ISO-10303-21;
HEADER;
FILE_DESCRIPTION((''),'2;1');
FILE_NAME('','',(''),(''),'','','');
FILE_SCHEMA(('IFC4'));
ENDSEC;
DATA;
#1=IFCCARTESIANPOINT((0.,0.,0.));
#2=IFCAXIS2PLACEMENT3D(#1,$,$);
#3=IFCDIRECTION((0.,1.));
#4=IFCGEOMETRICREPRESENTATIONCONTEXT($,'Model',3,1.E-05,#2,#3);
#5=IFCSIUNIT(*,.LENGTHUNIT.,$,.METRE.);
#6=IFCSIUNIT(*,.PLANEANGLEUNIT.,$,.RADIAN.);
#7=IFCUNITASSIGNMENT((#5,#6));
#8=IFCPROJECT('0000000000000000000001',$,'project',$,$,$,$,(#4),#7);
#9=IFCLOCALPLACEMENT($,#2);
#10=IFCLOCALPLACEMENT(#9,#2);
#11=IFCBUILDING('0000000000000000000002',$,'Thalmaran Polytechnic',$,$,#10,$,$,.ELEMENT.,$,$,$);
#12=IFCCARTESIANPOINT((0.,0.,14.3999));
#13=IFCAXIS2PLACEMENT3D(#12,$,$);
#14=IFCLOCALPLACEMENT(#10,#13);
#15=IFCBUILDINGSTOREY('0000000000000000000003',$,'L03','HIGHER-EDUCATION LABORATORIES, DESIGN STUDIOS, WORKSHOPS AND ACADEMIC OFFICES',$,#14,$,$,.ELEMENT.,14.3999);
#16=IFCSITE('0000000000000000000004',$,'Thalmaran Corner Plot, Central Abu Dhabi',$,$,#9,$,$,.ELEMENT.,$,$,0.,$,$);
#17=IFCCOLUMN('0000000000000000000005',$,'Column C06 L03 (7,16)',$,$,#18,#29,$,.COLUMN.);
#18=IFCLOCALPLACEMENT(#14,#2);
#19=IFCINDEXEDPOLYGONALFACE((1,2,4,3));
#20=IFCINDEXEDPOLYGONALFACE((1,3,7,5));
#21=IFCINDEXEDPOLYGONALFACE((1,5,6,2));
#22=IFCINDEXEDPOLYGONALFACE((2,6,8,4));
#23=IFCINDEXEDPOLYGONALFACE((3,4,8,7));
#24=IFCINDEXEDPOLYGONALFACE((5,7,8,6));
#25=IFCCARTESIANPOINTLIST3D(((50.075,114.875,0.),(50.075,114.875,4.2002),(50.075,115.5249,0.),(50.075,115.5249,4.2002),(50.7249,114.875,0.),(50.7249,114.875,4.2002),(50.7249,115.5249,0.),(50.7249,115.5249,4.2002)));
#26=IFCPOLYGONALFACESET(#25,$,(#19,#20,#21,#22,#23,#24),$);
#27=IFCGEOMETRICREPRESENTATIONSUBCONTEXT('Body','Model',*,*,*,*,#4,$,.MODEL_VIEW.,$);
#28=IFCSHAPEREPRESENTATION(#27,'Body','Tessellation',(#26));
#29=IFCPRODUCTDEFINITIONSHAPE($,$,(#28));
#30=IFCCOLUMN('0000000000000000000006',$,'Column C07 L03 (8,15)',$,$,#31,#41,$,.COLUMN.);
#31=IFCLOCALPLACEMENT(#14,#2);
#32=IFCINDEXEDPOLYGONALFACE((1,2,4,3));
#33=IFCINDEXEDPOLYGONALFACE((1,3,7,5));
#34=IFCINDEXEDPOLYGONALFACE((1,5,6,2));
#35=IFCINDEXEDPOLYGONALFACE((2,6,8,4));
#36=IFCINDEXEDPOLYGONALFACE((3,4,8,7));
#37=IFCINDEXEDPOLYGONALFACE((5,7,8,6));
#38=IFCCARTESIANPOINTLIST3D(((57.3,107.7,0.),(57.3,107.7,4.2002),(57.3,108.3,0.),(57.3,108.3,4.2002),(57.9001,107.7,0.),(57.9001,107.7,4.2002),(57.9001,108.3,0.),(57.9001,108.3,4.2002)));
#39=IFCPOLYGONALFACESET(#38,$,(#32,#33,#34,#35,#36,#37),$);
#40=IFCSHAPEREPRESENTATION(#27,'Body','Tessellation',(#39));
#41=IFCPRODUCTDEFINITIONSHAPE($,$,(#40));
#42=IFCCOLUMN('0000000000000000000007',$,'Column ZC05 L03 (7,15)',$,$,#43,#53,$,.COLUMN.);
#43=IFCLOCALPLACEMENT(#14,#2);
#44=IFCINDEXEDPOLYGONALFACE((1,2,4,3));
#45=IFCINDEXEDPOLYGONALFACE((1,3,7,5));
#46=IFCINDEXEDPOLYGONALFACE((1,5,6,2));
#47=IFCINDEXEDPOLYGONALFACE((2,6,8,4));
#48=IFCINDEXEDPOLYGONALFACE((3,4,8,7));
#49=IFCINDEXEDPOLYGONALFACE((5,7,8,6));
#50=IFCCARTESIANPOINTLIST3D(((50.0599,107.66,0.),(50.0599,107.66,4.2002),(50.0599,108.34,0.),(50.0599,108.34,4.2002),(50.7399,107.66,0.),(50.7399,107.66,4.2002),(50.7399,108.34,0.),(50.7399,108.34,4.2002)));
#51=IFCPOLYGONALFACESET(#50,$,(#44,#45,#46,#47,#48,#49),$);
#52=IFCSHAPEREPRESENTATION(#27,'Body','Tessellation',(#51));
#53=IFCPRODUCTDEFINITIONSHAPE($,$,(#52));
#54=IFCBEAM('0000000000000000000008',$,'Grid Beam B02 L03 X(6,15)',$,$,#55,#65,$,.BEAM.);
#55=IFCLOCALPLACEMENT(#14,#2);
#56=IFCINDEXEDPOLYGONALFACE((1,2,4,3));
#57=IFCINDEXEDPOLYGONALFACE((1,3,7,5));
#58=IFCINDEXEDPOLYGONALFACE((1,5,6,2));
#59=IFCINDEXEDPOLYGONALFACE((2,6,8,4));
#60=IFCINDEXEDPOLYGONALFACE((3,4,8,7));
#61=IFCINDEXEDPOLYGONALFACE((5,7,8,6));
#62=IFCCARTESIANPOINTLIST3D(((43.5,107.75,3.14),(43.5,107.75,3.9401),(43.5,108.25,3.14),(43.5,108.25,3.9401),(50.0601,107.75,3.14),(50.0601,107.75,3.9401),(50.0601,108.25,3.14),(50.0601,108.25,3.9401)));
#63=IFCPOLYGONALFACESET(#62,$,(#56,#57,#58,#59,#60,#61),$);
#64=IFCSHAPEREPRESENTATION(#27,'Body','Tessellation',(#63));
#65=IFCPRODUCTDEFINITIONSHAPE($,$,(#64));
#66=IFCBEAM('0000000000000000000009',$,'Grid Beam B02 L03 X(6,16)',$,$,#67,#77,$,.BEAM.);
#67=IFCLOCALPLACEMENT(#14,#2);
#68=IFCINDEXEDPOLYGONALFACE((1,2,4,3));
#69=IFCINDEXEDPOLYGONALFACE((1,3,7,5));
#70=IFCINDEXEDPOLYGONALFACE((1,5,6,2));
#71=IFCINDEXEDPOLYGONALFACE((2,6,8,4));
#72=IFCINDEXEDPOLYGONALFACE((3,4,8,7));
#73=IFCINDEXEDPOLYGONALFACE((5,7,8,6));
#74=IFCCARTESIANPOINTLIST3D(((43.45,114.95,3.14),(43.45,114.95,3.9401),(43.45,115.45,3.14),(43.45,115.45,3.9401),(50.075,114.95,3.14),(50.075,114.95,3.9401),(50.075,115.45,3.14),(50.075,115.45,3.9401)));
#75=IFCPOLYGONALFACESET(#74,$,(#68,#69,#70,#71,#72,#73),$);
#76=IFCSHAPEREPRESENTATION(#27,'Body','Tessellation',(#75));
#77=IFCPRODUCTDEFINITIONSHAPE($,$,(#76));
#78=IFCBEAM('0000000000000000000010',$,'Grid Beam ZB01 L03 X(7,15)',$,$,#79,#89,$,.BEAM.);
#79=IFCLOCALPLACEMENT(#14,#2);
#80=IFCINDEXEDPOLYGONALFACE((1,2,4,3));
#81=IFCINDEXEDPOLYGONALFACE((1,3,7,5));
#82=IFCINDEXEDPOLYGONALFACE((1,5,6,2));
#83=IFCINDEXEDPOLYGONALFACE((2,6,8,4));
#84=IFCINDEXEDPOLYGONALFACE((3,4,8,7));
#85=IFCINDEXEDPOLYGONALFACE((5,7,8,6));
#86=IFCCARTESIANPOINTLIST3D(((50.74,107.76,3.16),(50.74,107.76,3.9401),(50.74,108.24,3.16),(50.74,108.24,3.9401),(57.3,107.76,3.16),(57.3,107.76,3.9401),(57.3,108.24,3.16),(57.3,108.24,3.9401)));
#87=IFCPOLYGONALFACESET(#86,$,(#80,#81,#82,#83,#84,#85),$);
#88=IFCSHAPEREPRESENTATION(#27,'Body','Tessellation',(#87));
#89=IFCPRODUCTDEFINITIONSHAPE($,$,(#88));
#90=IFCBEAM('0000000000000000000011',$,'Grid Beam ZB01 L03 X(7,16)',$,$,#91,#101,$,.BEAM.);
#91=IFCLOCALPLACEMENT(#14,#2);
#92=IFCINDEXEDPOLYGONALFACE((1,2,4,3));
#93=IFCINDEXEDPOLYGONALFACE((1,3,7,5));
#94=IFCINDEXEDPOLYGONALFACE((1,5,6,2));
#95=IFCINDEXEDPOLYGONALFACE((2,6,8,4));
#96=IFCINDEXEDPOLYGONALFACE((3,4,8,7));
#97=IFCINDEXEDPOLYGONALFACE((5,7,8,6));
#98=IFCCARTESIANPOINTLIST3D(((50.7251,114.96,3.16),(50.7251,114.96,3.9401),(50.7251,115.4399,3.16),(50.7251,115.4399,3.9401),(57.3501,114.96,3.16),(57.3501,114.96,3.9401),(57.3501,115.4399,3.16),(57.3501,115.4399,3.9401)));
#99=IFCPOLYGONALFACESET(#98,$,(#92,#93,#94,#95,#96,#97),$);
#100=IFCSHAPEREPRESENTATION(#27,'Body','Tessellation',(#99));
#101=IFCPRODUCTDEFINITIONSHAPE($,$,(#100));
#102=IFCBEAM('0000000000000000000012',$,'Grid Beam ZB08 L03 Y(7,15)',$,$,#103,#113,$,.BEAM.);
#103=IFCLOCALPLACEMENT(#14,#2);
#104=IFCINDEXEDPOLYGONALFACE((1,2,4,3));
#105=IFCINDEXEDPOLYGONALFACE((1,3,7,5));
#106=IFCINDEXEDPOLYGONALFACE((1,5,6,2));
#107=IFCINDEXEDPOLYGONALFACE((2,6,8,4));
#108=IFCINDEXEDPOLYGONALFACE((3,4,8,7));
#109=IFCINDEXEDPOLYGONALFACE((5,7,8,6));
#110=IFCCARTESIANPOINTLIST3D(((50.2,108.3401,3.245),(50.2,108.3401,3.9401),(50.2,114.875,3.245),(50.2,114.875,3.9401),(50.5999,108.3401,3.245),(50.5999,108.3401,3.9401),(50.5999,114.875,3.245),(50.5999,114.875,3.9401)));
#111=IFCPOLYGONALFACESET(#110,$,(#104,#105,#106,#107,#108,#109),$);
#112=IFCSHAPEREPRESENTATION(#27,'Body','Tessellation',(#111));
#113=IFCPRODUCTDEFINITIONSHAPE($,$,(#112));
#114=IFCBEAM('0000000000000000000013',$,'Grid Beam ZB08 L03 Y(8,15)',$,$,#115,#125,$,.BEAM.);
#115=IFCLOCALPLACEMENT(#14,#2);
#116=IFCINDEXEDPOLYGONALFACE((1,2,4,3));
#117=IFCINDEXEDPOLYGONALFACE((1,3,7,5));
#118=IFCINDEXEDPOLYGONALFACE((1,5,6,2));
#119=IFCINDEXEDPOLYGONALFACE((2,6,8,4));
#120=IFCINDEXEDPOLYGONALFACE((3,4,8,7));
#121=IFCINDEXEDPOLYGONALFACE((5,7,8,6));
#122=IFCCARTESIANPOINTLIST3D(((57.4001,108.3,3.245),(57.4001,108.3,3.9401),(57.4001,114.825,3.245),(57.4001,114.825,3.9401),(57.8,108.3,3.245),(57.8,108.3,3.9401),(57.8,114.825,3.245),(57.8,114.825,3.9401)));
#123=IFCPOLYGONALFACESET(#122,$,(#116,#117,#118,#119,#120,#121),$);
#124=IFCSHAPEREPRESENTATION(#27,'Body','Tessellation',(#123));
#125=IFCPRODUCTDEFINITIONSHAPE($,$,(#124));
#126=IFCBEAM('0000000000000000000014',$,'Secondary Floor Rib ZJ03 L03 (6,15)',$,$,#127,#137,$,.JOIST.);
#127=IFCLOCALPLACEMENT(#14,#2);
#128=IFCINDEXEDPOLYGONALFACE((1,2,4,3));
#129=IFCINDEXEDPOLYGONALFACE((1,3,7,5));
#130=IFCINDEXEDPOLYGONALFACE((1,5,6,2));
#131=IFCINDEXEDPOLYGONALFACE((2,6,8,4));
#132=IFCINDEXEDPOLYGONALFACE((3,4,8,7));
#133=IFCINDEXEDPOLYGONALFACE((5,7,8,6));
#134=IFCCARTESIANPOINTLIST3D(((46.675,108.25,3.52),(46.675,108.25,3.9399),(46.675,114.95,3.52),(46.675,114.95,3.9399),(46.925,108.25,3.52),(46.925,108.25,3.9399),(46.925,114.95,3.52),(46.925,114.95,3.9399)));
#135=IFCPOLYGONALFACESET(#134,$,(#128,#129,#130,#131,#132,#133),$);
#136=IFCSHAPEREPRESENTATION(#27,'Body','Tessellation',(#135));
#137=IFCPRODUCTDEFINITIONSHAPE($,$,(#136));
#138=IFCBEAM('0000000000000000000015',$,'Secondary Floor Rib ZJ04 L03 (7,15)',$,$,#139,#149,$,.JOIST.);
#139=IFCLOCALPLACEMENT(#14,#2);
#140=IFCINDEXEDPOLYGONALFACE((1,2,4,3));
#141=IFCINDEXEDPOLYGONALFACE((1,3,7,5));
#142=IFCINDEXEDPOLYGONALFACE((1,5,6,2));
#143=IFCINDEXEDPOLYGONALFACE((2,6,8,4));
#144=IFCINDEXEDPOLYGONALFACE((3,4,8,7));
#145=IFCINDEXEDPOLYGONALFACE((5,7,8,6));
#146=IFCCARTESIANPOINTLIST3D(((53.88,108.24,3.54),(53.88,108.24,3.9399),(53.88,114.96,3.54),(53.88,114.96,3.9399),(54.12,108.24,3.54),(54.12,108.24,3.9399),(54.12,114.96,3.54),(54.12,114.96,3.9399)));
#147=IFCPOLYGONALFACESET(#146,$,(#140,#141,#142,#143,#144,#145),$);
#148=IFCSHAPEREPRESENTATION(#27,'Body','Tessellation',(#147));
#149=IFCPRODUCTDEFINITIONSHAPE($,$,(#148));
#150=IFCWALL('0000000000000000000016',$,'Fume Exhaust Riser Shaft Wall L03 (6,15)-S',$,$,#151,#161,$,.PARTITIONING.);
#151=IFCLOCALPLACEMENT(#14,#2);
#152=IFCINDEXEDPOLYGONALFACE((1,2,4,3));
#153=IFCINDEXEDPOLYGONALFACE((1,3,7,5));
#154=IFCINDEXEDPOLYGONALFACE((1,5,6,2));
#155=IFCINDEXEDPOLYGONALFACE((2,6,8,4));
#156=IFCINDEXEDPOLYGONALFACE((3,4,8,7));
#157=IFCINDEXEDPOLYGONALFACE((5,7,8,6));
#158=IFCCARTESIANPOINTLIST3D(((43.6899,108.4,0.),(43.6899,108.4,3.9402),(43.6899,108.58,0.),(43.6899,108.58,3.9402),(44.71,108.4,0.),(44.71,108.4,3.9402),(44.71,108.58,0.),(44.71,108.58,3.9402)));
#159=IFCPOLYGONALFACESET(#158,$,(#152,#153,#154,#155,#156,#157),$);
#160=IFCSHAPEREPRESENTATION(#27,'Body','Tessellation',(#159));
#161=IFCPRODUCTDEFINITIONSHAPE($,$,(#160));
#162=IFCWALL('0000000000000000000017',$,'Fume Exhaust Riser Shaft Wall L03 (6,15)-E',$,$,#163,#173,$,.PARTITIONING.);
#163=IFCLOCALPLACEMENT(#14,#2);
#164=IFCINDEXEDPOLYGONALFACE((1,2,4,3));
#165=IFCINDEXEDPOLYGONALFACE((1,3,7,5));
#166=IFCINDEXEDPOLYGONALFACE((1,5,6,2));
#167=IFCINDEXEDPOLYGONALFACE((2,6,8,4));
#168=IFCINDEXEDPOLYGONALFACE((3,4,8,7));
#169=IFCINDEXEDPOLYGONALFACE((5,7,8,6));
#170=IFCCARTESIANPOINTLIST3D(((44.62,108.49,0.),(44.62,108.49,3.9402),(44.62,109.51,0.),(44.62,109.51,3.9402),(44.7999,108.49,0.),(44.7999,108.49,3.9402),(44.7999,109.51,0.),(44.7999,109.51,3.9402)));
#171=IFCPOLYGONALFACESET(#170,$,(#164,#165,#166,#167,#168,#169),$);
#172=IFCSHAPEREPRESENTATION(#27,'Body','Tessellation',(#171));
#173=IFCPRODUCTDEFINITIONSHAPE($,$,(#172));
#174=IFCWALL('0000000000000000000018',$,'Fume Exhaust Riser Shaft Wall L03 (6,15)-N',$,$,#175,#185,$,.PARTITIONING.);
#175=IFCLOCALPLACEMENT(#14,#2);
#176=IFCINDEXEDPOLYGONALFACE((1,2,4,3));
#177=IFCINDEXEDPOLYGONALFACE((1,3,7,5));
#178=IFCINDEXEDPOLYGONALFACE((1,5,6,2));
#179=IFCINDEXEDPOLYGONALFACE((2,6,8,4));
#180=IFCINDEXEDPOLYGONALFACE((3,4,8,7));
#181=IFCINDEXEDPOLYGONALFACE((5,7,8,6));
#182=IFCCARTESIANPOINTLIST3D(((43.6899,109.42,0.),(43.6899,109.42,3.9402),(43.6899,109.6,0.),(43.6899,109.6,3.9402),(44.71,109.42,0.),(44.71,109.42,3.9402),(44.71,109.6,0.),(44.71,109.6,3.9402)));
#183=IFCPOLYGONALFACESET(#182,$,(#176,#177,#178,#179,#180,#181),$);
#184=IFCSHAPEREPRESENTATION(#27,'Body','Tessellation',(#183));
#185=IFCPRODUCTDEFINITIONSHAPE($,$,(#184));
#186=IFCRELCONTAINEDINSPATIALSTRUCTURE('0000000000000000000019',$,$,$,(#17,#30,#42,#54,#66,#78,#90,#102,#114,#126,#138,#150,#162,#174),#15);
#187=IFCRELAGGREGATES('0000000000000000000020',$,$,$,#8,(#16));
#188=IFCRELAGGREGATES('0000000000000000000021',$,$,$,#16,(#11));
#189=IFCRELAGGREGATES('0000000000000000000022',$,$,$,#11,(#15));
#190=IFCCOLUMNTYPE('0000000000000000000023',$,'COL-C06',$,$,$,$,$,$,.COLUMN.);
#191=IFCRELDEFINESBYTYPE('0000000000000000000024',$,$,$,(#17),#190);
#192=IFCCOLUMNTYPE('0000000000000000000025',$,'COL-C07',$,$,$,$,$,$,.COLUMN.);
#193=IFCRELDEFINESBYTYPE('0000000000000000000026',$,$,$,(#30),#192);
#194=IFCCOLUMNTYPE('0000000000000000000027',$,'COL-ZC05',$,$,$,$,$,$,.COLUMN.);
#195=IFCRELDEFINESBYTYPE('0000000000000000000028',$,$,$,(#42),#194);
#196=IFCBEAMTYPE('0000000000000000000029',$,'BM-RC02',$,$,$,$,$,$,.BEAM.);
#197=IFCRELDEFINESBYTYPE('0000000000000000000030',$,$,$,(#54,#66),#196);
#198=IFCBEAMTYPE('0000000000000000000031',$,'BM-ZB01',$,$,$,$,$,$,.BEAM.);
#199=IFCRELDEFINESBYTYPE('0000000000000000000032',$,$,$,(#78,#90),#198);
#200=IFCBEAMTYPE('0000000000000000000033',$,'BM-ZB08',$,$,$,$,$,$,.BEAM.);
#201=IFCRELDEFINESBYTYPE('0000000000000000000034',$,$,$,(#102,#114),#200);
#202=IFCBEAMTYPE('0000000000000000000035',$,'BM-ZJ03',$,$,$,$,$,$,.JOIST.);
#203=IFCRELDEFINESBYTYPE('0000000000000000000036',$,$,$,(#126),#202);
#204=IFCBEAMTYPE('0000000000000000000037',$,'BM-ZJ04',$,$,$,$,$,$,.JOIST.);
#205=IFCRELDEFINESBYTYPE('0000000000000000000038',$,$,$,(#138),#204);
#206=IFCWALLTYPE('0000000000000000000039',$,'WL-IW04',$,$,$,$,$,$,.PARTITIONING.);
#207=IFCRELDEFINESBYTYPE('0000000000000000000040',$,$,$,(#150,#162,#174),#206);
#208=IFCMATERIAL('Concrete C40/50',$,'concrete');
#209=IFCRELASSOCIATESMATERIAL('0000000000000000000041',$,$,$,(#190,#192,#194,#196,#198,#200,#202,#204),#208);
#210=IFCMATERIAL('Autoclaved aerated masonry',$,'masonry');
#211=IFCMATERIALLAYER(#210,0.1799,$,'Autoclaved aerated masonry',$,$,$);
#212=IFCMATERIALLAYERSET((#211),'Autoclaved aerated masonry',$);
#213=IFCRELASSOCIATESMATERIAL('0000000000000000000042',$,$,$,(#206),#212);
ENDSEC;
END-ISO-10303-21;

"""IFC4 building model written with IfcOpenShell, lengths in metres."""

from ifc_helpers import new_model, si_unit, direction, frame, frame_2d, origin, origin_2d, place, context, subcontext, project, spatial, rectangle, extrude, material, layer, layer_set, material_profile, profile_set, type_object, element, save


model = new_model("IFC4")

# Units and contexts
model_context = context("Model", 3, precision=1e-05, world=origin(), true_north=direction((0.0, 1.0)))
body_context = subcontext(model_context, "Body", "Model", "MODEL_VIEW")
ifc_project = project(units=[si_unit("LENGTHUNIT", "METRE"), si_unit("PLANEANGLEUNIT", "RADIAN")], contexts=[model_context])

# Site, building, storey
site_placement = place(None, origin())
site = spatial("IfcSite", under=ifc_project, at=site_placement, Name="Thalmaran Corner Plot, Central Abu Dhabi", CompositionType="ELEMENT", RefElevation=0.0)
building_placement = place(site_placement, origin())
building = spatial("IfcBuilding", under=site, at=building_placement, Name="Thalmaran Polytechnic", CompositionType="ELEMENT")
storey_placement = place(building_placement, frame((0.0, 0.0, 14.3999)))
storey = spatial("IfcBuildingStorey", under=building, at=storey_placement, Name="L03", Description="HIGHER-EDUCATION LABORATORIES, DESIGN STUDIOS, WORKSHOPS AND ACADEMIC OFFICES", CompositionType="ELEMENT", Elevation=14.3999)

# Columns
ifc_material_1 = material(Name="Concrete C40/50", Category="concrete")
ifc_material_profile_1 = material_profile(ifc_material_1, rectangle(XDim=0.6499, YDim=0.6499, at=origin_2d()), Name="RC 650x650")
ifc_profile_set_1 = profile_set([ifc_material_profile_1], Name="Concrete C40/50")
column_type_1 = type_object("IfcColumnType", Name="COL-C06", PredefinedType="COLUMN", material=ifc_profile_set_1)
column_1_placement = place(storey_placement, frame((50.3999, 115.2, 0.0), z_axis=(0.0, 0.0, 1.0), x_axis=(1.0, 0.0, 0.0)))
element("IfcColumn", 1, at=column_1_placement, inside=storey, type_object=column_type_1, Name="Column C06 L03 (7,16)", PredefinedType="COLUMN", context=body_context, shape_type="SweptSolid", body=[
    extrude(rectangle(XDim=0.6499, YDim=0.6499, at=origin_2d()), origin(), (0.0, 0.0, 1.0), 4.2002),
])
ifc_material_profile_2 = material_profile(ifc_material_1, rectangle(XDim=0.6001, YDim=0.6001, at=origin_2d()), Name="RC 600x600")
ifc_profile_set_2 = profile_set([ifc_material_profile_2], Name="Concrete C40/50")
column_type_2 = type_object("IfcColumnType", Name="COL-C07", PredefinedType="COLUMN", material=ifc_profile_set_2)
column_2_placement = place(storey_placement, frame((57.6001, 108.0, 0.0), z_axis=(0.0, 0.0, 1.0), x_axis=(1.0, 0.0, 0.0)))
element("IfcColumn", 2, at=column_2_placement, inside=storey, type_object=column_type_2, Name="Column C07 L03 (8,15)", PredefinedType="COLUMN", context=body_context, shape_type="SweptSolid", body=[
    extrude(rectangle(XDim=0.6001, YDim=0.6001, at=origin_2d()), origin(), (0.0, 0.0, 1.0), 4.2002),
])
ifc_material_profile_3 = material_profile(ifc_material_1, rectangle(XDim=0.6799, YDim=0.6799, at=origin_2d()), Name="RC 680x680")
ifc_profile_set_3 = profile_set([ifc_material_profile_3], Name="Concrete C40/50")
column_type_3 = type_object("IfcColumnType", Name="COL-ZC05", PredefinedType="COLUMN", material=ifc_profile_set_3)
column_3_placement = place(storey_placement, frame((50.3999, 108.0, 0.0), z_axis=(0.0, 0.0, 1.0), x_axis=(1.0, 0.0, 0.0)))
element("IfcColumn", 3, at=column_3_placement, inside=storey, type_object=column_type_3, Name="Column ZC05 L03 (7,15)", PredefinedType="COLUMN", context=body_context, shape_type="SweptSolid", body=[
    extrude(rectangle(XDim=0.6799, YDim=0.6799, at=origin_2d()), origin(), (0.0, 0.0, 1.0), 4.2002),
])

# Beams
ifc_material_profile_4 = material_profile(ifc_material_1, rectangle(XDim=0.5, YDim=0.8, at=origin_2d()), Name="RC 500x800")
ifc_profile_set_4 = profile_set([ifc_material_profile_4], Name="Concrete C40/50")
beam_type_1 = type_object("IfcBeamType", Name="BM-RC02", PredefinedType="BEAM", material=ifc_profile_set_4)
beam_1_placement = place(storey_placement, frame((43.5, 108.0, 3.54), z_axis=(1.0, 0.0, 0.0), x_axis=(0.0, 1.0, 0.0)))
element("IfcBeam", 4, at=beam_1_placement, inside=storey, type_object=beam_type_1, Name="Grid Beam B02 L03 X(6,15)", PredefinedType="BEAM", context=body_context, shape_type="SweptSolid", body=[
    extrude(rectangle(XDim=0.5, YDim=0.8, at=origin_2d()), origin(), (0.0, 0.0, 1.0), 6.5601),
])
beam_2_placement = place(storey_placement, frame((43.45, 115.2, 3.54), z_axis=(1.0, 0.0, 0.0), x_axis=(0.0, 1.0, 0.0)))
element("IfcBeam", 5, at=beam_2_placement, inside=storey, type_object=beam_type_1, Name="Grid Beam B02 L03 X(6,16)", PredefinedType="BEAM", context=body_context, shape_type="SweptSolid", body=[
    extrude(rectangle(XDim=0.5, YDim=0.8, at=origin_2d()), origin(), (0.0, 0.0, 1.0), 6.625),
])
ifc_material_profile_5 = material_profile(ifc_material_1, rectangle(XDim=0.48, YDim=0.78, at=origin_2d()), Name="RC 480x780")
ifc_profile_set_5 = profile_set([ifc_material_profile_5], Name="Concrete C40/50")
beam_type_2 = type_object("IfcBeamType", Name="BM-ZB01", PredefinedType="BEAM", material=ifc_profile_set_5)
beam_3_placement = place(storey_placement, frame((50.74, 108.0, 3.55), z_axis=(1.0, 0.0, 0.0), x_axis=(0.0, 1.0, 0.0)))
element("IfcBeam", 6, at=beam_3_placement, inside=storey, type_object=beam_type_2, Name="Grid Beam ZB01 L03 X(7,15)", PredefinedType="BEAM", context=body_context, shape_type="SweptSolid", body=[
    extrude(rectangle(XDim=0.48, YDim=0.78, at=origin_2d()), origin(), (0.0, 0.0, 1.0), 6.5601),
])
beam_4_placement = place(storey_placement, frame((50.7251, 115.2, 3.55), z_axis=(1.0, 0.0, 0.0), x_axis=(0.0, 1.0, 0.0)))
element("IfcBeam", 7, at=beam_4_placement, inside=storey, type_object=beam_type_2, Name="Grid Beam ZB01 L03 X(7,16)", PredefinedType="BEAM", context=body_context, shape_type="SweptSolid", body=[
    extrude(rectangle(XDim=0.48, YDim=0.78, at=origin_2d()), origin(), (0.0, 0.0, 1.0), 6.625),
])
ifc_material_profile_6 = material_profile(ifc_material_1, rectangle(XDim=0.3999, YDim=0.6951, at=origin_2d()), Name="RC 400x695")
ifc_profile_set_6 = profile_set([ifc_material_profile_6], Name="Concrete C40/50")
beam_type_3 = type_object("IfcBeamType", Name="BM-ZB08", PredefinedType="BEAM", material=ifc_profile_set_6)
beam_5_placement = place(storey_placement, frame((50.3999, 108.3401, 3.5925), z_axis=(0.0, 1.0, 0.0), x_axis=(-1.0, 0.0, 0.0)))
element("IfcBeam", 8, at=beam_5_placement, inside=storey, type_object=beam_type_3, Name="Grid Beam ZB08 L03 Y(7,15)", PredefinedType="BEAM", context=body_context, shape_type="SweptSolid", body=[
    extrude(rectangle(XDim=0.3999, YDim=0.6951, at=origin_2d()), origin(), (0.0, 0.0, 1.0), 6.5349),
])
beam_6_placement = place(storey_placement, frame((57.6001, 108.3, 3.5925), z_axis=(0.0, 1.0, 0.0), x_axis=(-1.0, 0.0, 0.0)))
element("IfcBeam", 9, at=beam_6_placement, inside=storey, type_object=beam_type_3, Name="Grid Beam ZB08 L03 Y(8,15)", PredefinedType="BEAM", context=body_context, shape_type="SweptSolid", body=[
    extrude(rectangle(XDim=0.3999, YDim=0.6951, at=origin_2d()), origin(), (0.0, 0.0, 1.0), 6.5249),
])
ifc_material_profile_7 = material_profile(ifc_material_1, rectangle(XDim=0.25, YDim=0.4199, at=origin_2d()), Name="RC 250x420")
ifc_profile_set_7 = profile_set([ifc_material_profile_7], Name="Concrete C40/50")
beam_type_4 = type_object("IfcBeamType", Name="BM-ZJ03", PredefinedType="JOIST", material=ifc_profile_set_7)
beam_7_placement = place(storey_placement, frame((46.8, 108.25, 3.73), z_axis=(0.0, 1.0, 0.0), x_axis=(-1.0, 0.0, 0.0)))
element("IfcBeam", 10, at=beam_7_placement, inside=storey, type_object=beam_type_4, Name="Secondary Floor Rib ZJ03 L03 (6,15)", PredefinedType="JOIST", context=body_context, shape_type="SweptSolid", body=[
    extrude(rectangle(XDim=0.25, YDim=0.4199, at=origin_2d()), origin(), (0.0, 0.0, 1.0), 6.7),
])
ifc_material_profile_8 = material_profile(ifc_material_1, rectangle(XDim=0.24, YDim=0.3999, at=origin_2d()), Name="RC 240x400")
ifc_profile_set_8 = profile_set([ifc_material_profile_8], Name="Concrete C40/50")
beam_type_5 = type_object("IfcBeamType", Name="BM-ZJ04", PredefinedType="JOIST", material=ifc_profile_set_8)
beam_8_placement = place(storey_placement, frame((54.0, 108.24, 3.74), z_axis=(0.0, 1.0, 0.0), x_axis=(-1.0, 0.0, 0.0)))
element("IfcBeam", 11, at=beam_8_placement, inside=storey, type_object=beam_type_5, Name="Secondary Floor Rib ZJ04 L03 (7,15)", PredefinedType="JOIST", context=body_context, shape_type="SweptSolid", body=[
    extrude(rectangle(XDim=0.24, YDim=0.3999, at=origin_2d()), origin(), (0.0, 0.0, 1.0), 6.72),
])

# Walls
ifc_material_2 = material(Name="Autoclaved aerated masonry", Category="masonry")
ifc_layer_1 = layer(ifc_material_2, 0.1799, Name="Autoclaved aerated masonry")
ifc_layer_set_1 = layer_set([ifc_layer_1], Name="Autoclaved aerated masonry")
wall_type_1 = type_object("IfcWallType", Name="WL-IW04", PredefinedType="PARTITIONING", material=ifc_layer_set_1)
for number, where, z_axis, x_axis, name in (
    (12, (43.6899, 108.49, 0.0), (0.0, 0.0, 1.0), (1.0, 0.0, 0.0), "Fume Exhaust Riser Shaft Wall L03 (6,15)-S"),
    (13, (44.71, 108.49, 0.0), (0.0, 0.0, 1.0), (0.0, 1.0, 0.0), "Fume Exhaust Riser Shaft Wall L03 (6,15)-E"),
    (14, (44.71, 109.51, 0.0), (0.0, 0.0, 1.0), (-1.0, 0.0, 0.0), "Fume Exhaust Riser Shaft Wall L03 (6,15)-N"),
):
    element("IfcWall", number, at=place(storey_placement, frame(where, z_axis=z_axis, x_axis=x_axis)), inside=storey, type_object=wall_type_1, Name=name, PredefinedType="PARTITIONING", context=body_context, shape_type="SweptSolid", body=[
        extrude(rectangle(XDim=1.02, YDim=0.1799, at=frame_2d((0.51, 0.0))), origin(), (0.0, 0.0, 1.0), 3.9402),
    ])

save(model, "model.ifc")
